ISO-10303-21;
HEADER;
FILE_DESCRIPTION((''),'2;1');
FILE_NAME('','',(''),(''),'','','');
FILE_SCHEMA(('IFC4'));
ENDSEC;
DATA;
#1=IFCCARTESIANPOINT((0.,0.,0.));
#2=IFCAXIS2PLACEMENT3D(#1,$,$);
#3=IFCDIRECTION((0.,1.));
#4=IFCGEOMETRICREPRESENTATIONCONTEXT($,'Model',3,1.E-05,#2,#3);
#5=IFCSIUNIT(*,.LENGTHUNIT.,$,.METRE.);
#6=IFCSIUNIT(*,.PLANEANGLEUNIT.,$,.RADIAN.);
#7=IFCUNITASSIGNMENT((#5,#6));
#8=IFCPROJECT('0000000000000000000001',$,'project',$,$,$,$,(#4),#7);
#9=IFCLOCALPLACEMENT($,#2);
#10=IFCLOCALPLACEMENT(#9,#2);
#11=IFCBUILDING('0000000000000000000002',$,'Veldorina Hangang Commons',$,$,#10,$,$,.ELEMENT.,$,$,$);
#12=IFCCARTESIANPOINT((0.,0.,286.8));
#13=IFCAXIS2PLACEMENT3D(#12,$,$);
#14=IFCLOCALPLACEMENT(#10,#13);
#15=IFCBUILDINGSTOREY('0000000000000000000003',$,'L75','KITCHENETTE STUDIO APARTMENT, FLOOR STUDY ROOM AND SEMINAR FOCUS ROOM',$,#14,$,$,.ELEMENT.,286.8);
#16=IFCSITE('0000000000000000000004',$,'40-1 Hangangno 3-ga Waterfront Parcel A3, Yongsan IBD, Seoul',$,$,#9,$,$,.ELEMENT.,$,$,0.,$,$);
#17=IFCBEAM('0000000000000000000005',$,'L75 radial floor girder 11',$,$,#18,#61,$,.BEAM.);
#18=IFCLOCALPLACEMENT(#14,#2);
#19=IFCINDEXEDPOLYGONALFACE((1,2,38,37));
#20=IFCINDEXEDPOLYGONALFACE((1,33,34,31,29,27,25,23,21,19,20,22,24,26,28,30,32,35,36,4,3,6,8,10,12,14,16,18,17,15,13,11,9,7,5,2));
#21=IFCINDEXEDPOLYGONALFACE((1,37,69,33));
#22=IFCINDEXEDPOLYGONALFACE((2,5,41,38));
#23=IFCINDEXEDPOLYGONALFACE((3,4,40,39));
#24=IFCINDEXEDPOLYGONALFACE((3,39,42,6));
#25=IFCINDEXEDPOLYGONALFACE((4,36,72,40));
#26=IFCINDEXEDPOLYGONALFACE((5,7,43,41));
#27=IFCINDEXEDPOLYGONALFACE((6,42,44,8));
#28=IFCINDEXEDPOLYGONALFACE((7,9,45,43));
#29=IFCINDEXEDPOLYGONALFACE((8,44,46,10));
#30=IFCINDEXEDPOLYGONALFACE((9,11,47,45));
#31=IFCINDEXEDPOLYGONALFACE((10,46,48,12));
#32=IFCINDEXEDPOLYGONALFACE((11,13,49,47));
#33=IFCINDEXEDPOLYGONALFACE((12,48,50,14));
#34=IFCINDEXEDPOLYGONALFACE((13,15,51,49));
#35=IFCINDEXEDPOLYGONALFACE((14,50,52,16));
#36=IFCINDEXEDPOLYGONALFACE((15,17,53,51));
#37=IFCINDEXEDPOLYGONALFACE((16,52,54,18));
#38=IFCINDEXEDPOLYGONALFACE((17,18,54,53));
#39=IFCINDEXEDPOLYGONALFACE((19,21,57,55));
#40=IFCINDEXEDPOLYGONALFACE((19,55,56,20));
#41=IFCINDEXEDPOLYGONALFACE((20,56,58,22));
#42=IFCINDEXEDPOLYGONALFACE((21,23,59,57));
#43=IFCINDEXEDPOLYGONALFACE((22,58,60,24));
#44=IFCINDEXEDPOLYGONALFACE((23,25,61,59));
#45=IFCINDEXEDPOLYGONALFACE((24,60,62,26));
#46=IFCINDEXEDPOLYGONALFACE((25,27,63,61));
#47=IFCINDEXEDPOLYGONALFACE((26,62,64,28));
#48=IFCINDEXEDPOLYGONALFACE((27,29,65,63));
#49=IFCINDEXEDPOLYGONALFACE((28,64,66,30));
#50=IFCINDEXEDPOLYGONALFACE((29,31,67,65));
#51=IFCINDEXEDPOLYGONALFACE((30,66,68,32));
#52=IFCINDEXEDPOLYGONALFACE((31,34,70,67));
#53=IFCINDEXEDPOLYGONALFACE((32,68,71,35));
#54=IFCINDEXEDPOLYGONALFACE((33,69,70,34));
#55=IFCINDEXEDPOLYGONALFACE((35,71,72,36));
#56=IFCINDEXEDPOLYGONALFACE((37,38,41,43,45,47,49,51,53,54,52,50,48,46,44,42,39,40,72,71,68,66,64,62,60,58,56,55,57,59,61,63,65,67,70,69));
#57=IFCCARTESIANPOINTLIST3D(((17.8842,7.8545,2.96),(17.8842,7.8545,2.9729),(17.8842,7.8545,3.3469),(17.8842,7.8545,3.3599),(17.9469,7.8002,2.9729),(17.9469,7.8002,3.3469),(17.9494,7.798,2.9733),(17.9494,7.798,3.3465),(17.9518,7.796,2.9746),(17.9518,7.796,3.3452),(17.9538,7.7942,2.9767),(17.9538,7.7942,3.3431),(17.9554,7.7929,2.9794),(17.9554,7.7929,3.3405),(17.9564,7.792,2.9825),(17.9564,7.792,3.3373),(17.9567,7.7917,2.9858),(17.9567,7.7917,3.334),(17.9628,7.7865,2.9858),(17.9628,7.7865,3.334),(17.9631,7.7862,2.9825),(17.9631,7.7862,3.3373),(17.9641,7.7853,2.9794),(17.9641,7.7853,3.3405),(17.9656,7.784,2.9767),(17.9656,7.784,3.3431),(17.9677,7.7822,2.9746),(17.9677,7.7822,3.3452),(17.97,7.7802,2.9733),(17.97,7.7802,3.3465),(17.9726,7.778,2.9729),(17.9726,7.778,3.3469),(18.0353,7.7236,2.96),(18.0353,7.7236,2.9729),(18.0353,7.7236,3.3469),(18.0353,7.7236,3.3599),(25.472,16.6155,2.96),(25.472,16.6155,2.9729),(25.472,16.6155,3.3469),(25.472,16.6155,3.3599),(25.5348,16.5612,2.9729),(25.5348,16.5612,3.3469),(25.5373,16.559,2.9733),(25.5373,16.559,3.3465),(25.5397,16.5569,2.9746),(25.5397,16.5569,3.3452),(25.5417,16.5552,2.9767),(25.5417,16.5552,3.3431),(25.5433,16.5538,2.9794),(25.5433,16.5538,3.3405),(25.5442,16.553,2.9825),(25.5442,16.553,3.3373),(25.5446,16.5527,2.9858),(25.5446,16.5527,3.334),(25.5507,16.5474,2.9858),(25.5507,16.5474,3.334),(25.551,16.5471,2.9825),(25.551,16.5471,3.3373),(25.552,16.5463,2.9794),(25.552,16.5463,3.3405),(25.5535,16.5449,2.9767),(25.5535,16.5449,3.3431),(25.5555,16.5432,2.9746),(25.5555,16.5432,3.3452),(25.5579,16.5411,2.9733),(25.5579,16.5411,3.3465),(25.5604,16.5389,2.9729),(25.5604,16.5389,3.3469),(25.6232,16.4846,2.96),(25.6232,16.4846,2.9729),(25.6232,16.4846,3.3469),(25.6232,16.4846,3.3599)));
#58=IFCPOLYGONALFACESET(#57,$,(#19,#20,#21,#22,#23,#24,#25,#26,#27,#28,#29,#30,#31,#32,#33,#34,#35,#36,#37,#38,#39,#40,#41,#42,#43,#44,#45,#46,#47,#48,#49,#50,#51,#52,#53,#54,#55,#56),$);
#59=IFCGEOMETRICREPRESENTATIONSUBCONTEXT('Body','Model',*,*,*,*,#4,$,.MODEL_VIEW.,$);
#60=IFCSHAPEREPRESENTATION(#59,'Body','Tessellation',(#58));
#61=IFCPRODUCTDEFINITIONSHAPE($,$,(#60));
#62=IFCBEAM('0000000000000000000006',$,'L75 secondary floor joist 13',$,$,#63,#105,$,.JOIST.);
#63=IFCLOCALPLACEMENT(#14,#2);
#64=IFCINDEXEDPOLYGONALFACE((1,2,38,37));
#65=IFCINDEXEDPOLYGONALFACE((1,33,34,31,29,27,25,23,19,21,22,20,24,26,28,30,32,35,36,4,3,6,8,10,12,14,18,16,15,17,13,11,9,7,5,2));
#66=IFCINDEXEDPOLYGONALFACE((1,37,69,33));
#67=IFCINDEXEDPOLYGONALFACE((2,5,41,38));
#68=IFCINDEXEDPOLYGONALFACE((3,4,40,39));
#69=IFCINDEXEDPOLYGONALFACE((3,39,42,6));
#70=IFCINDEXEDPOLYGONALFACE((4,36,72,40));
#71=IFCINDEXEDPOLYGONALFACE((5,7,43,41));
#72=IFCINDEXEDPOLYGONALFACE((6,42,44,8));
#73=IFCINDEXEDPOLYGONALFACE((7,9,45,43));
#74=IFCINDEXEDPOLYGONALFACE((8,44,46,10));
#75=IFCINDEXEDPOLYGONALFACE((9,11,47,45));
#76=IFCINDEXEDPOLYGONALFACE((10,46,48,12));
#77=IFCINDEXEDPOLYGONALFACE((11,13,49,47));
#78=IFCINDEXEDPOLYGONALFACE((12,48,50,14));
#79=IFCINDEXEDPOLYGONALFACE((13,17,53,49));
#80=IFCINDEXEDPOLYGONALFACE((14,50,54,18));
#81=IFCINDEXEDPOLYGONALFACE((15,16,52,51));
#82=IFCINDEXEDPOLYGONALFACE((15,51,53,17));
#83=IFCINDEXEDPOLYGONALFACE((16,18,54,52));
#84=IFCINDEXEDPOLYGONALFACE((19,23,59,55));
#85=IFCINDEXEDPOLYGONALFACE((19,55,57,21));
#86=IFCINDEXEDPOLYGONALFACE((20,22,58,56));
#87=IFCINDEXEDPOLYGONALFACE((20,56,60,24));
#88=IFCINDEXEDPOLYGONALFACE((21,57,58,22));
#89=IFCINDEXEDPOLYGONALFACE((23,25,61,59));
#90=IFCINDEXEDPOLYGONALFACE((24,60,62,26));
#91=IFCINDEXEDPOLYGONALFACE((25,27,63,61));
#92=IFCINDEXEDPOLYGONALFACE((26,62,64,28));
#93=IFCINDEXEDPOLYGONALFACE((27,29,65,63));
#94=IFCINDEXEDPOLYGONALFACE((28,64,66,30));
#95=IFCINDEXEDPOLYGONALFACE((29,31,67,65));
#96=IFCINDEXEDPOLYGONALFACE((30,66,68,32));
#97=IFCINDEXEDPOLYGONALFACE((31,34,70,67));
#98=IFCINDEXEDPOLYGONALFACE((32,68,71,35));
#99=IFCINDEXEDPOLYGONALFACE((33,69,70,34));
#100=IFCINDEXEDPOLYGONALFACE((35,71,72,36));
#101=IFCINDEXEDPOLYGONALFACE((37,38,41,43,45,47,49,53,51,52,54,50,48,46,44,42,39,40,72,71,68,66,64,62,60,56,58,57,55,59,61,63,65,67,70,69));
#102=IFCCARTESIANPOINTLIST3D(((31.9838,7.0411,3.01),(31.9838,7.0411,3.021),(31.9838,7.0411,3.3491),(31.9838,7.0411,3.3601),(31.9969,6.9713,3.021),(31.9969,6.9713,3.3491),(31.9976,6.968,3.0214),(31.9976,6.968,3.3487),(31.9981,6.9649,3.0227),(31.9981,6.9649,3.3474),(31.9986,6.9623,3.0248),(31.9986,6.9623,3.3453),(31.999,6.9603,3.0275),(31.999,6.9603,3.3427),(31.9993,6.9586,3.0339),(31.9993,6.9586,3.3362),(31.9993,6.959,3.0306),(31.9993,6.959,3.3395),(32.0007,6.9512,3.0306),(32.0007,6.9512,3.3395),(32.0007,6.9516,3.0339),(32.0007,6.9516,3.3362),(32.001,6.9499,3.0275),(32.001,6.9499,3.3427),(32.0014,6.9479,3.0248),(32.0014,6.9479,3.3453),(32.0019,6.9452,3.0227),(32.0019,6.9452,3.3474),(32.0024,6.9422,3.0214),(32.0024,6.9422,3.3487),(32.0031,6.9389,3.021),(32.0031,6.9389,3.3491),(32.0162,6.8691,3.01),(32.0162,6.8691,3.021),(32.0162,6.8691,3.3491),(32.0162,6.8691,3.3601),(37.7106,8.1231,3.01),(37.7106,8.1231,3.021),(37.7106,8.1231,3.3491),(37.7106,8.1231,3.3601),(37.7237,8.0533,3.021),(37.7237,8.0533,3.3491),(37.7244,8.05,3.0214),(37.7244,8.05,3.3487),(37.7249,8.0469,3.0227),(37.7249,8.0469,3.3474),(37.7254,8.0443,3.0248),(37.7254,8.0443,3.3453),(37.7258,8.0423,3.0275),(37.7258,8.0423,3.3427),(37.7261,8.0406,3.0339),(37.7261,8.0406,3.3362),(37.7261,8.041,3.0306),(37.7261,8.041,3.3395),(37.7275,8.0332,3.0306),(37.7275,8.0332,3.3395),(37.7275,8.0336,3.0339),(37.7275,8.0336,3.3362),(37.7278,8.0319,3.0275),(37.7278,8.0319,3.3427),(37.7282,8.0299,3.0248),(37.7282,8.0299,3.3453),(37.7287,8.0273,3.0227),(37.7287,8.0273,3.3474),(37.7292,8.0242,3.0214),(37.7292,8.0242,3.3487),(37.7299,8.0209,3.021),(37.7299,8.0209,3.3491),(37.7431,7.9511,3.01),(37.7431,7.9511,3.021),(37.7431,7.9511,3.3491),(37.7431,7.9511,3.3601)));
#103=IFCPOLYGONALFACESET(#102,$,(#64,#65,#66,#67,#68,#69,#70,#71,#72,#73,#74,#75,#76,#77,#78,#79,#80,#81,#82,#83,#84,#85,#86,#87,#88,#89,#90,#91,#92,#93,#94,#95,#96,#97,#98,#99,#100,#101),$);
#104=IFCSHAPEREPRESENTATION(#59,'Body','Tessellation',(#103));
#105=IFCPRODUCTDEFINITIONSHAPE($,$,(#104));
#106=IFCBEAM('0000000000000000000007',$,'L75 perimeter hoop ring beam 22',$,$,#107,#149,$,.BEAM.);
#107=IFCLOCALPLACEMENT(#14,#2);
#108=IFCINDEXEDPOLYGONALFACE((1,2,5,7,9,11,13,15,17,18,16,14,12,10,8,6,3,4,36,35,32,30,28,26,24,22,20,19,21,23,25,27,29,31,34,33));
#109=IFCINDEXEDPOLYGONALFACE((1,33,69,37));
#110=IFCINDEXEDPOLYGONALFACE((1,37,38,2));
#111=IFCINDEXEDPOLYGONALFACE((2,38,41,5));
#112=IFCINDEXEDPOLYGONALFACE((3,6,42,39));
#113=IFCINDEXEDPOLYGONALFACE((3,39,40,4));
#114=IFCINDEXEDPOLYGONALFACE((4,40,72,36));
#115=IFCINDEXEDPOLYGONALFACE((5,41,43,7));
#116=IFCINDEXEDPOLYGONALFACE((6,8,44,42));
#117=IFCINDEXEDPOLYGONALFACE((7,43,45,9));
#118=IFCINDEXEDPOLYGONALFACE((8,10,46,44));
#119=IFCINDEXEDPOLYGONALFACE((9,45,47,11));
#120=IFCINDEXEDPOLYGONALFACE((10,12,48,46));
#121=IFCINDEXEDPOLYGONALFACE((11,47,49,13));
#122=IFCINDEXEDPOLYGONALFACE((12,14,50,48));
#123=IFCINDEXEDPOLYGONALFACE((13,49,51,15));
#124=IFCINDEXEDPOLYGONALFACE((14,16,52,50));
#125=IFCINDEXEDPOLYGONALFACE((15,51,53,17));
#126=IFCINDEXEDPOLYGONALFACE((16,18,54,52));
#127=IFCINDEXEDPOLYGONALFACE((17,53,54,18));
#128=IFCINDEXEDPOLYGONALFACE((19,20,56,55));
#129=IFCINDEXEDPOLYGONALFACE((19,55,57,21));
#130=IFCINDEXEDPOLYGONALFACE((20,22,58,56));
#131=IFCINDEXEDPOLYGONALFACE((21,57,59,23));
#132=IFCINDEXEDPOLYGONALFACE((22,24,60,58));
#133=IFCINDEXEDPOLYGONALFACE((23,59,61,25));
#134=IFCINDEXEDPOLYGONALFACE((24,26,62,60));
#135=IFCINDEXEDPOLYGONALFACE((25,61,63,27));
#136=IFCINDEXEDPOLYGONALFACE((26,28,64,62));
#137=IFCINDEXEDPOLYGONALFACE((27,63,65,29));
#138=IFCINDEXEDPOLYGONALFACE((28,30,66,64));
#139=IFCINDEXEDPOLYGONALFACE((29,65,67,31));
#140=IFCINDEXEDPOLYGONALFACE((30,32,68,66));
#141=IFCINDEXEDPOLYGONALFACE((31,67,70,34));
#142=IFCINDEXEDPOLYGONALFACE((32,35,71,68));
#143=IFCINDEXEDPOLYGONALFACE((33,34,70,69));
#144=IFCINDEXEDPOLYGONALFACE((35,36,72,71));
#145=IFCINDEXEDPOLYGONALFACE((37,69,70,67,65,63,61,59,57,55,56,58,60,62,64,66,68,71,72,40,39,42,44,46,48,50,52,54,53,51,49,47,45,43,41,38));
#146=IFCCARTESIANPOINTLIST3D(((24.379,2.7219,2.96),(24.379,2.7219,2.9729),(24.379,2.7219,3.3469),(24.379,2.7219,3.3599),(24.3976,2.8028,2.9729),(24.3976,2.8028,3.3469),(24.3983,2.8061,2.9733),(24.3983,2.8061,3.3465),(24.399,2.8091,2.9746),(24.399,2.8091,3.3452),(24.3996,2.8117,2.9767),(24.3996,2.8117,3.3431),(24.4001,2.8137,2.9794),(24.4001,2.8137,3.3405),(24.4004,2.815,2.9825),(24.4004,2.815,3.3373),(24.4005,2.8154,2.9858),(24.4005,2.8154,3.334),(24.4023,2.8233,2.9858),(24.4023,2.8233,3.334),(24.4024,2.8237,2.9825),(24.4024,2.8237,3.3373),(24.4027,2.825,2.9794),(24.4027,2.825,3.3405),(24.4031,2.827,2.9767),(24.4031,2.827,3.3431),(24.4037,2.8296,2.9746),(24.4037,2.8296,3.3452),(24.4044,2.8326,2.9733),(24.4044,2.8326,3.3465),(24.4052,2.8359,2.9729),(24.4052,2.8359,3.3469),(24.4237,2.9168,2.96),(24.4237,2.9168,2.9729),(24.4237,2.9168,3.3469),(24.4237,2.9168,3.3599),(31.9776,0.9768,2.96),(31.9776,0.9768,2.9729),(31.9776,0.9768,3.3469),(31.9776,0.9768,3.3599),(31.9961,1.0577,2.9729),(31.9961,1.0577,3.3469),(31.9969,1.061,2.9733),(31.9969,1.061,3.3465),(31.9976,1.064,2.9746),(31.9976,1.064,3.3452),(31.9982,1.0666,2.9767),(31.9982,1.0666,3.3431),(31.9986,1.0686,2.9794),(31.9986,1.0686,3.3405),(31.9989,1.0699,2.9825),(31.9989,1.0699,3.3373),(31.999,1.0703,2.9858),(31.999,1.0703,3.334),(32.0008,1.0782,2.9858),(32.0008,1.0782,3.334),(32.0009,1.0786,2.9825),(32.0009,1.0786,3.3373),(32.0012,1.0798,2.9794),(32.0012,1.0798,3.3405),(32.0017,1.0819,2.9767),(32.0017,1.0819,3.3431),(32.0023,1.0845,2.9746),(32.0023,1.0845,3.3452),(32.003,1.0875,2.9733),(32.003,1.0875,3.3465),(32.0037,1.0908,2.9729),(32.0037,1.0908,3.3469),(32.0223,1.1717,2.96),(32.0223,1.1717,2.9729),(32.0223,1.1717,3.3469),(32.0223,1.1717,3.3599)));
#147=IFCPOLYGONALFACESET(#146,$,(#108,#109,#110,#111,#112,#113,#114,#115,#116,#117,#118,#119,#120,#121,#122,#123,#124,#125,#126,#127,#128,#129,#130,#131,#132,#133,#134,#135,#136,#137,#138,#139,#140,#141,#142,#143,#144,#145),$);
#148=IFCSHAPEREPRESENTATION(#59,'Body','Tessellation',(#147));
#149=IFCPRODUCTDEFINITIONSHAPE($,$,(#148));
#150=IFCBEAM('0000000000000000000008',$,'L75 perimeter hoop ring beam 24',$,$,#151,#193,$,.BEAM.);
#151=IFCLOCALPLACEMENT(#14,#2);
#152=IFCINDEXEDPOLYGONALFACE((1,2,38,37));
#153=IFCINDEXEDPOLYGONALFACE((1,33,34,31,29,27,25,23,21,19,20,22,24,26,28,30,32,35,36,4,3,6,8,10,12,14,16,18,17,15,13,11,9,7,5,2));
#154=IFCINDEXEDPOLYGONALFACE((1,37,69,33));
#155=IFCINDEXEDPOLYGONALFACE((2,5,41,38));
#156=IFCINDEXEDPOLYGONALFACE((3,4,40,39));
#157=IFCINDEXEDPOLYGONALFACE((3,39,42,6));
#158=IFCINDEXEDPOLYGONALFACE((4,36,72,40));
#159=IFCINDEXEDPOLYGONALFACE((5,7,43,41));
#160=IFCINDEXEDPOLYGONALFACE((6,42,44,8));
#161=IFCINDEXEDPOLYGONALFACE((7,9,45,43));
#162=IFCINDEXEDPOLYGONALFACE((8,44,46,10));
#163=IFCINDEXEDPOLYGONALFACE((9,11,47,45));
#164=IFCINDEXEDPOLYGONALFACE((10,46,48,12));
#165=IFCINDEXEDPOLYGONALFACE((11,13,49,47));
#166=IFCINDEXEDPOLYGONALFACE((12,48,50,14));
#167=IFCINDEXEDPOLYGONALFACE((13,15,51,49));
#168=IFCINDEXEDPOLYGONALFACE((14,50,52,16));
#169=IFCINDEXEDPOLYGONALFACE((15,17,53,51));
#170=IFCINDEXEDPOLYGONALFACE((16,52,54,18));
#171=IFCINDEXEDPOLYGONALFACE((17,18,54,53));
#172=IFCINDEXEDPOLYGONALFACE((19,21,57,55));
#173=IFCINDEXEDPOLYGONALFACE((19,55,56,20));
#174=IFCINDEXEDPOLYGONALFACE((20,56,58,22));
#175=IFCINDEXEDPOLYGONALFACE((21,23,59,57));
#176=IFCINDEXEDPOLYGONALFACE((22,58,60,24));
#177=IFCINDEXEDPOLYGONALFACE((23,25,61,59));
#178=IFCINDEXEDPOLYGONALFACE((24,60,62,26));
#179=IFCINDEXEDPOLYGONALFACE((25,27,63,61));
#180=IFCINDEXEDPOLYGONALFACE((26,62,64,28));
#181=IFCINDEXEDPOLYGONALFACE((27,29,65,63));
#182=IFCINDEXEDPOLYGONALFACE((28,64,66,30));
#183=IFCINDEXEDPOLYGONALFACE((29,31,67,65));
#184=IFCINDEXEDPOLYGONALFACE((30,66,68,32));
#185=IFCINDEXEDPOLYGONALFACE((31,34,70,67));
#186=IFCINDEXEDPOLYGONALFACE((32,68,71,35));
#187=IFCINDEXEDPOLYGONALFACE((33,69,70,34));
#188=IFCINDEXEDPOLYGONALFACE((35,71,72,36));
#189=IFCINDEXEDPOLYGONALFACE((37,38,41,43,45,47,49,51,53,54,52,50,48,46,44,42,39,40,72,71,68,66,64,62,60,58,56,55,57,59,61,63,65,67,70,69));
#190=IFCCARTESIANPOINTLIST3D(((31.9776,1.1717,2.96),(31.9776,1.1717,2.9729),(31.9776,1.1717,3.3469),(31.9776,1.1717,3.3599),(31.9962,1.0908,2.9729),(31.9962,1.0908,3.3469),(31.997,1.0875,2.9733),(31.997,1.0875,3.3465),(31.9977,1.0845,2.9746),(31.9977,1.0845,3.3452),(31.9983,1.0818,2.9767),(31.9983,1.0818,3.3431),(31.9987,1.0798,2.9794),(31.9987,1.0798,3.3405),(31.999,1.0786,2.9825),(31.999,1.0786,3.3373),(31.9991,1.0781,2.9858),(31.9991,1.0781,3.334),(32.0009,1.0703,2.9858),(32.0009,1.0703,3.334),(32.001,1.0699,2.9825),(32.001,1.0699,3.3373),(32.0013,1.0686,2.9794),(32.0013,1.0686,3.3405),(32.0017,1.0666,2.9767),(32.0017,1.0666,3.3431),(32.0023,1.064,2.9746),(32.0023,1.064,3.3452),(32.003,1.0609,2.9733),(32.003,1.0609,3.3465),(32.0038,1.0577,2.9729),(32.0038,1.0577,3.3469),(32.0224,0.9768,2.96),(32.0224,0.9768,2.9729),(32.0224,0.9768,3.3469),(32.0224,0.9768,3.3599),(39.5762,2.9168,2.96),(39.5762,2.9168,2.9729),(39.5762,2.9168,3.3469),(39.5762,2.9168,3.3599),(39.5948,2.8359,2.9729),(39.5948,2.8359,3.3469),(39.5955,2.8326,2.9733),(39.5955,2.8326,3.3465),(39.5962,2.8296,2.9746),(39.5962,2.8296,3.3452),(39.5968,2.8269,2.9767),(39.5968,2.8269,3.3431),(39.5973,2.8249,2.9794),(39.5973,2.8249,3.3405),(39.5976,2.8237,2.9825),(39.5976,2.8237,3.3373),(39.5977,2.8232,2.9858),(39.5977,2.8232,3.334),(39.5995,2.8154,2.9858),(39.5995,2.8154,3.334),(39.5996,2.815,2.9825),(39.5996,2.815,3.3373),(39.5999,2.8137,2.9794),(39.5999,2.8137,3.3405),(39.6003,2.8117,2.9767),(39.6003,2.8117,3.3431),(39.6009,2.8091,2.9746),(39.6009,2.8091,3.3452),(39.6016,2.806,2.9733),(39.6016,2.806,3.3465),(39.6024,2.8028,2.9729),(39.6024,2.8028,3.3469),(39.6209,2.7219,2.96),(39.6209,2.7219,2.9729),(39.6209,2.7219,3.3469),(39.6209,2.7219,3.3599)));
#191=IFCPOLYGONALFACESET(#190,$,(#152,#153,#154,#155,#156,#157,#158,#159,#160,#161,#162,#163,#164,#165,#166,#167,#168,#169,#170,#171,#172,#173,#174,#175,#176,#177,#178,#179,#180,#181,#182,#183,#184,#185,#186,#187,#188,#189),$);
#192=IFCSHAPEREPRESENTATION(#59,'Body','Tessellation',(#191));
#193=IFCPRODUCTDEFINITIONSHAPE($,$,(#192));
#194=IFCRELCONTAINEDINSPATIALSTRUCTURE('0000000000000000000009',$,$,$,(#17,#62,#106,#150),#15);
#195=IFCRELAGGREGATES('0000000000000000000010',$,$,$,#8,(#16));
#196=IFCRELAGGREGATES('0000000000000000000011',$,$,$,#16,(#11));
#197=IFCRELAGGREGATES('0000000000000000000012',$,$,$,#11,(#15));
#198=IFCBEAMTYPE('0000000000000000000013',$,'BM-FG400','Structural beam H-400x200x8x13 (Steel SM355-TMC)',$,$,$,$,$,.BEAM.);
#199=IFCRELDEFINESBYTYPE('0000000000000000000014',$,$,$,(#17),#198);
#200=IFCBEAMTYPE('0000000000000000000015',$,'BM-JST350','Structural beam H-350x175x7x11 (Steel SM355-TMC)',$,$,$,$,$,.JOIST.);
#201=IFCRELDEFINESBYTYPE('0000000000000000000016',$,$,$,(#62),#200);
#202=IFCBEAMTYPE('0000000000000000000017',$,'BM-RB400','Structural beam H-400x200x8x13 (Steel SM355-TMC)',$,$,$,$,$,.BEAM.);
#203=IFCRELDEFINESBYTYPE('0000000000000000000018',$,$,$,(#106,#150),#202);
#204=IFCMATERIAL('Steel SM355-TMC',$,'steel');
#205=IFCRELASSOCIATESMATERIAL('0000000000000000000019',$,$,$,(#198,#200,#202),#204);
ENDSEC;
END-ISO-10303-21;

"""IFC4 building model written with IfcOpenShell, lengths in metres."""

from ifc_helpers import new_model, si_unit, direction, frame, origin, origin_2d, place, context, subcontext, project, spatial, i_section, extrude, material, material_profile, profile_set, type_object, element, save


model = new_model("IFC4")

# Units and contexts
model_context = context("Model", 3, precision=1e-05, world=origin(), true_north=direction((0.0, 1.0)))
body_context = subcontext(model_context, "Body", "Model", "MODEL_VIEW")
ifc_project = project(units=[si_unit("LENGTHUNIT", "METRE"), si_unit("PLANEANGLEUNIT", "RADIAN")], contexts=[model_context])

# Site, building, storey
site_placement = place(None, origin())
site = spatial("IfcSite", under=ifc_project, at=site_placement, Name="40-1 Hangangno 3-ga Waterfront Parcel A3, Yongsan IBD, Seoul", CompositionType="ELEMENT", RefElevation=0.0)
building_placement = place(site_placement, origin())
building = spatial("IfcBuilding", under=site, at=building_placement, Name="Veldorina Hangang Commons", CompositionType="ELEMENT")
storey_placement = place(building_placement, frame((0.0, 0.0, 286.8)))
storey = spatial("IfcBuildingStorey", under=building, at=storey_placement, Name="L75", Description="KITCHENETTE STUDIO APARTMENT, FLOOR STUDY ROOM AND SEMINAR FOCUS ROOM", CompositionType="ELEMENT", Elevation=286.8)

# Beams
ifc_material_1 = material(Name="Steel SM355-TMC", Category="steel")
ifc_material_profile_1 = material_profile(ifc_material_1, i_section(OverallWidth=0.2, OverallDepth=0.3999, WebThickness=0.0081, FlangeThickness=0.0129, FilletRadius=0.0129, at=origin_2d()), Name="H-400x200x8x13")
ifc_profile_set_1 = profile_set([ifc_material_profile_1], Name="Steel SM355-TMC")
beam_type_1 = type_object("IfcBeamType", Name="BM-FG400", Description="Structural beam H-400x200x8x13 (Steel SM355-TMC)", PredefinedType="BEAM", material=ifc_profile_set_1)
beam_1_placement = place(storey_placement, frame((25.5476, 16.55, 3.1599), z_axis=(-0.654686, -0.755901, 0.0), x_axis=(0.755901, -0.654686, 0.0)))
element("IfcBeam", 1, at=beam_1_placement, inside=storey, type_object=beam_type_1, Name="L75 radial floor girder 11", PredefinedType="BEAM", context=body_context, shape_type="SweptSolid", body=[
    extrude(i_section(OverallWidth=0.2, OverallDepth=0.3999, WebThickness=0.0081, FlangeThickness=0.0129, FilletRadius=0.0129, at=origin_2d()), origin(), (0.0, 0.0, 1.0), 11.5901),
])
ifc_material_profile_2 = material_profile(ifc_material_1, i_section(OverallWidth=0.175, OverallDepth=0.3501, WebThickness=0.0071, FlangeThickness=0.011, FilletRadius=0.0129, at=origin_2d()), Name="H-350x175x7x11")
ifc_profile_set_2 = profile_set([ifc_material_profile_2], Name="Steel SM355-TMC")
beam_type_2 = type_object("IfcBeamType", Name="BM-JST350", Description="Structural beam H-350x175x7x11 (Steel SM355-TMC)", PredefinedType="JOIST", material=ifc_profile_set_2)
beam_2_placement = place(storey_placement, frame((32.0, 6.9551, 3.1851), z_axis=(0.982615, 0.185657, 0.0), x_axis=(-0.185657, 0.982615, 0.0)))
element("IfcBeam", 2, at=beam_2_placement, inside=storey, type_object=beam_type_2, Name="L75 secondary floor joist 13", PredefinedType="JOIST", context=body_context, shape_type="SweptSolid", body=[
    extrude(i_section(OverallWidth=0.175, OverallDepth=0.3501, WebThickness=0.0071, FlangeThickness=0.011, FilletRadius=0.0129, at=origin_2d()), origin(), (0.0, 0.0, 1.0), 5.8281),
])
ifc_material_profile_3 = material_profile(ifc_material_1, i_section(OverallWidth=0.2, OverallDepth=0.3999, WebThickness=0.0081, FlangeThickness=0.0129, FilletRadius=0.0129, at=origin_2d()), Name="H-400x200x8x13")
ifc_profile_set_3 = profile_set([ifc_material_profile_3], Name="Steel SM355-TMC")
beam_type_3 = type_object("IfcBeamType", Name="BM-RB400", Description="Structural beam H-400x200x8x13 (Steel SM355-TMC)", PredefinedType="BEAM", material=ifc_profile_set_3)
for number, where, z_axis, x_axis, name in (
    (3, (24.4014, 2.8193, 3.1599), (0.974627, -0.223835, 0.0), (0.223835, 0.974627, 0.0), "L75 perimeter hoop ring beam 22"),
    (4, (32.0, 1.0742, 3.1599), (0.974627, 0.223835, 0.0), (-0.223835, 0.974627, 0.0), "L75 perimeter hoop ring beam 24"),
):
    element("IfcBeam", number, at=place(storey_placement, frame(where, z_axis=z_axis, x_axis=x_axis)), inside=storey, type_object=beam_type_3, Name=name, PredefinedType="BEAM", context=body_context, shape_type="SweptSolid", body=[
        extrude(i_section(OverallWidth=0.2, OverallDepth=0.3999, WebThickness=0.0081, FlangeThickness=0.0129, FilletRadius=0.0129, at=origin_2d()), origin(), (0.0, 0.0, 1.0), 7.7964),
    ])

save(model, "model.ifc")
